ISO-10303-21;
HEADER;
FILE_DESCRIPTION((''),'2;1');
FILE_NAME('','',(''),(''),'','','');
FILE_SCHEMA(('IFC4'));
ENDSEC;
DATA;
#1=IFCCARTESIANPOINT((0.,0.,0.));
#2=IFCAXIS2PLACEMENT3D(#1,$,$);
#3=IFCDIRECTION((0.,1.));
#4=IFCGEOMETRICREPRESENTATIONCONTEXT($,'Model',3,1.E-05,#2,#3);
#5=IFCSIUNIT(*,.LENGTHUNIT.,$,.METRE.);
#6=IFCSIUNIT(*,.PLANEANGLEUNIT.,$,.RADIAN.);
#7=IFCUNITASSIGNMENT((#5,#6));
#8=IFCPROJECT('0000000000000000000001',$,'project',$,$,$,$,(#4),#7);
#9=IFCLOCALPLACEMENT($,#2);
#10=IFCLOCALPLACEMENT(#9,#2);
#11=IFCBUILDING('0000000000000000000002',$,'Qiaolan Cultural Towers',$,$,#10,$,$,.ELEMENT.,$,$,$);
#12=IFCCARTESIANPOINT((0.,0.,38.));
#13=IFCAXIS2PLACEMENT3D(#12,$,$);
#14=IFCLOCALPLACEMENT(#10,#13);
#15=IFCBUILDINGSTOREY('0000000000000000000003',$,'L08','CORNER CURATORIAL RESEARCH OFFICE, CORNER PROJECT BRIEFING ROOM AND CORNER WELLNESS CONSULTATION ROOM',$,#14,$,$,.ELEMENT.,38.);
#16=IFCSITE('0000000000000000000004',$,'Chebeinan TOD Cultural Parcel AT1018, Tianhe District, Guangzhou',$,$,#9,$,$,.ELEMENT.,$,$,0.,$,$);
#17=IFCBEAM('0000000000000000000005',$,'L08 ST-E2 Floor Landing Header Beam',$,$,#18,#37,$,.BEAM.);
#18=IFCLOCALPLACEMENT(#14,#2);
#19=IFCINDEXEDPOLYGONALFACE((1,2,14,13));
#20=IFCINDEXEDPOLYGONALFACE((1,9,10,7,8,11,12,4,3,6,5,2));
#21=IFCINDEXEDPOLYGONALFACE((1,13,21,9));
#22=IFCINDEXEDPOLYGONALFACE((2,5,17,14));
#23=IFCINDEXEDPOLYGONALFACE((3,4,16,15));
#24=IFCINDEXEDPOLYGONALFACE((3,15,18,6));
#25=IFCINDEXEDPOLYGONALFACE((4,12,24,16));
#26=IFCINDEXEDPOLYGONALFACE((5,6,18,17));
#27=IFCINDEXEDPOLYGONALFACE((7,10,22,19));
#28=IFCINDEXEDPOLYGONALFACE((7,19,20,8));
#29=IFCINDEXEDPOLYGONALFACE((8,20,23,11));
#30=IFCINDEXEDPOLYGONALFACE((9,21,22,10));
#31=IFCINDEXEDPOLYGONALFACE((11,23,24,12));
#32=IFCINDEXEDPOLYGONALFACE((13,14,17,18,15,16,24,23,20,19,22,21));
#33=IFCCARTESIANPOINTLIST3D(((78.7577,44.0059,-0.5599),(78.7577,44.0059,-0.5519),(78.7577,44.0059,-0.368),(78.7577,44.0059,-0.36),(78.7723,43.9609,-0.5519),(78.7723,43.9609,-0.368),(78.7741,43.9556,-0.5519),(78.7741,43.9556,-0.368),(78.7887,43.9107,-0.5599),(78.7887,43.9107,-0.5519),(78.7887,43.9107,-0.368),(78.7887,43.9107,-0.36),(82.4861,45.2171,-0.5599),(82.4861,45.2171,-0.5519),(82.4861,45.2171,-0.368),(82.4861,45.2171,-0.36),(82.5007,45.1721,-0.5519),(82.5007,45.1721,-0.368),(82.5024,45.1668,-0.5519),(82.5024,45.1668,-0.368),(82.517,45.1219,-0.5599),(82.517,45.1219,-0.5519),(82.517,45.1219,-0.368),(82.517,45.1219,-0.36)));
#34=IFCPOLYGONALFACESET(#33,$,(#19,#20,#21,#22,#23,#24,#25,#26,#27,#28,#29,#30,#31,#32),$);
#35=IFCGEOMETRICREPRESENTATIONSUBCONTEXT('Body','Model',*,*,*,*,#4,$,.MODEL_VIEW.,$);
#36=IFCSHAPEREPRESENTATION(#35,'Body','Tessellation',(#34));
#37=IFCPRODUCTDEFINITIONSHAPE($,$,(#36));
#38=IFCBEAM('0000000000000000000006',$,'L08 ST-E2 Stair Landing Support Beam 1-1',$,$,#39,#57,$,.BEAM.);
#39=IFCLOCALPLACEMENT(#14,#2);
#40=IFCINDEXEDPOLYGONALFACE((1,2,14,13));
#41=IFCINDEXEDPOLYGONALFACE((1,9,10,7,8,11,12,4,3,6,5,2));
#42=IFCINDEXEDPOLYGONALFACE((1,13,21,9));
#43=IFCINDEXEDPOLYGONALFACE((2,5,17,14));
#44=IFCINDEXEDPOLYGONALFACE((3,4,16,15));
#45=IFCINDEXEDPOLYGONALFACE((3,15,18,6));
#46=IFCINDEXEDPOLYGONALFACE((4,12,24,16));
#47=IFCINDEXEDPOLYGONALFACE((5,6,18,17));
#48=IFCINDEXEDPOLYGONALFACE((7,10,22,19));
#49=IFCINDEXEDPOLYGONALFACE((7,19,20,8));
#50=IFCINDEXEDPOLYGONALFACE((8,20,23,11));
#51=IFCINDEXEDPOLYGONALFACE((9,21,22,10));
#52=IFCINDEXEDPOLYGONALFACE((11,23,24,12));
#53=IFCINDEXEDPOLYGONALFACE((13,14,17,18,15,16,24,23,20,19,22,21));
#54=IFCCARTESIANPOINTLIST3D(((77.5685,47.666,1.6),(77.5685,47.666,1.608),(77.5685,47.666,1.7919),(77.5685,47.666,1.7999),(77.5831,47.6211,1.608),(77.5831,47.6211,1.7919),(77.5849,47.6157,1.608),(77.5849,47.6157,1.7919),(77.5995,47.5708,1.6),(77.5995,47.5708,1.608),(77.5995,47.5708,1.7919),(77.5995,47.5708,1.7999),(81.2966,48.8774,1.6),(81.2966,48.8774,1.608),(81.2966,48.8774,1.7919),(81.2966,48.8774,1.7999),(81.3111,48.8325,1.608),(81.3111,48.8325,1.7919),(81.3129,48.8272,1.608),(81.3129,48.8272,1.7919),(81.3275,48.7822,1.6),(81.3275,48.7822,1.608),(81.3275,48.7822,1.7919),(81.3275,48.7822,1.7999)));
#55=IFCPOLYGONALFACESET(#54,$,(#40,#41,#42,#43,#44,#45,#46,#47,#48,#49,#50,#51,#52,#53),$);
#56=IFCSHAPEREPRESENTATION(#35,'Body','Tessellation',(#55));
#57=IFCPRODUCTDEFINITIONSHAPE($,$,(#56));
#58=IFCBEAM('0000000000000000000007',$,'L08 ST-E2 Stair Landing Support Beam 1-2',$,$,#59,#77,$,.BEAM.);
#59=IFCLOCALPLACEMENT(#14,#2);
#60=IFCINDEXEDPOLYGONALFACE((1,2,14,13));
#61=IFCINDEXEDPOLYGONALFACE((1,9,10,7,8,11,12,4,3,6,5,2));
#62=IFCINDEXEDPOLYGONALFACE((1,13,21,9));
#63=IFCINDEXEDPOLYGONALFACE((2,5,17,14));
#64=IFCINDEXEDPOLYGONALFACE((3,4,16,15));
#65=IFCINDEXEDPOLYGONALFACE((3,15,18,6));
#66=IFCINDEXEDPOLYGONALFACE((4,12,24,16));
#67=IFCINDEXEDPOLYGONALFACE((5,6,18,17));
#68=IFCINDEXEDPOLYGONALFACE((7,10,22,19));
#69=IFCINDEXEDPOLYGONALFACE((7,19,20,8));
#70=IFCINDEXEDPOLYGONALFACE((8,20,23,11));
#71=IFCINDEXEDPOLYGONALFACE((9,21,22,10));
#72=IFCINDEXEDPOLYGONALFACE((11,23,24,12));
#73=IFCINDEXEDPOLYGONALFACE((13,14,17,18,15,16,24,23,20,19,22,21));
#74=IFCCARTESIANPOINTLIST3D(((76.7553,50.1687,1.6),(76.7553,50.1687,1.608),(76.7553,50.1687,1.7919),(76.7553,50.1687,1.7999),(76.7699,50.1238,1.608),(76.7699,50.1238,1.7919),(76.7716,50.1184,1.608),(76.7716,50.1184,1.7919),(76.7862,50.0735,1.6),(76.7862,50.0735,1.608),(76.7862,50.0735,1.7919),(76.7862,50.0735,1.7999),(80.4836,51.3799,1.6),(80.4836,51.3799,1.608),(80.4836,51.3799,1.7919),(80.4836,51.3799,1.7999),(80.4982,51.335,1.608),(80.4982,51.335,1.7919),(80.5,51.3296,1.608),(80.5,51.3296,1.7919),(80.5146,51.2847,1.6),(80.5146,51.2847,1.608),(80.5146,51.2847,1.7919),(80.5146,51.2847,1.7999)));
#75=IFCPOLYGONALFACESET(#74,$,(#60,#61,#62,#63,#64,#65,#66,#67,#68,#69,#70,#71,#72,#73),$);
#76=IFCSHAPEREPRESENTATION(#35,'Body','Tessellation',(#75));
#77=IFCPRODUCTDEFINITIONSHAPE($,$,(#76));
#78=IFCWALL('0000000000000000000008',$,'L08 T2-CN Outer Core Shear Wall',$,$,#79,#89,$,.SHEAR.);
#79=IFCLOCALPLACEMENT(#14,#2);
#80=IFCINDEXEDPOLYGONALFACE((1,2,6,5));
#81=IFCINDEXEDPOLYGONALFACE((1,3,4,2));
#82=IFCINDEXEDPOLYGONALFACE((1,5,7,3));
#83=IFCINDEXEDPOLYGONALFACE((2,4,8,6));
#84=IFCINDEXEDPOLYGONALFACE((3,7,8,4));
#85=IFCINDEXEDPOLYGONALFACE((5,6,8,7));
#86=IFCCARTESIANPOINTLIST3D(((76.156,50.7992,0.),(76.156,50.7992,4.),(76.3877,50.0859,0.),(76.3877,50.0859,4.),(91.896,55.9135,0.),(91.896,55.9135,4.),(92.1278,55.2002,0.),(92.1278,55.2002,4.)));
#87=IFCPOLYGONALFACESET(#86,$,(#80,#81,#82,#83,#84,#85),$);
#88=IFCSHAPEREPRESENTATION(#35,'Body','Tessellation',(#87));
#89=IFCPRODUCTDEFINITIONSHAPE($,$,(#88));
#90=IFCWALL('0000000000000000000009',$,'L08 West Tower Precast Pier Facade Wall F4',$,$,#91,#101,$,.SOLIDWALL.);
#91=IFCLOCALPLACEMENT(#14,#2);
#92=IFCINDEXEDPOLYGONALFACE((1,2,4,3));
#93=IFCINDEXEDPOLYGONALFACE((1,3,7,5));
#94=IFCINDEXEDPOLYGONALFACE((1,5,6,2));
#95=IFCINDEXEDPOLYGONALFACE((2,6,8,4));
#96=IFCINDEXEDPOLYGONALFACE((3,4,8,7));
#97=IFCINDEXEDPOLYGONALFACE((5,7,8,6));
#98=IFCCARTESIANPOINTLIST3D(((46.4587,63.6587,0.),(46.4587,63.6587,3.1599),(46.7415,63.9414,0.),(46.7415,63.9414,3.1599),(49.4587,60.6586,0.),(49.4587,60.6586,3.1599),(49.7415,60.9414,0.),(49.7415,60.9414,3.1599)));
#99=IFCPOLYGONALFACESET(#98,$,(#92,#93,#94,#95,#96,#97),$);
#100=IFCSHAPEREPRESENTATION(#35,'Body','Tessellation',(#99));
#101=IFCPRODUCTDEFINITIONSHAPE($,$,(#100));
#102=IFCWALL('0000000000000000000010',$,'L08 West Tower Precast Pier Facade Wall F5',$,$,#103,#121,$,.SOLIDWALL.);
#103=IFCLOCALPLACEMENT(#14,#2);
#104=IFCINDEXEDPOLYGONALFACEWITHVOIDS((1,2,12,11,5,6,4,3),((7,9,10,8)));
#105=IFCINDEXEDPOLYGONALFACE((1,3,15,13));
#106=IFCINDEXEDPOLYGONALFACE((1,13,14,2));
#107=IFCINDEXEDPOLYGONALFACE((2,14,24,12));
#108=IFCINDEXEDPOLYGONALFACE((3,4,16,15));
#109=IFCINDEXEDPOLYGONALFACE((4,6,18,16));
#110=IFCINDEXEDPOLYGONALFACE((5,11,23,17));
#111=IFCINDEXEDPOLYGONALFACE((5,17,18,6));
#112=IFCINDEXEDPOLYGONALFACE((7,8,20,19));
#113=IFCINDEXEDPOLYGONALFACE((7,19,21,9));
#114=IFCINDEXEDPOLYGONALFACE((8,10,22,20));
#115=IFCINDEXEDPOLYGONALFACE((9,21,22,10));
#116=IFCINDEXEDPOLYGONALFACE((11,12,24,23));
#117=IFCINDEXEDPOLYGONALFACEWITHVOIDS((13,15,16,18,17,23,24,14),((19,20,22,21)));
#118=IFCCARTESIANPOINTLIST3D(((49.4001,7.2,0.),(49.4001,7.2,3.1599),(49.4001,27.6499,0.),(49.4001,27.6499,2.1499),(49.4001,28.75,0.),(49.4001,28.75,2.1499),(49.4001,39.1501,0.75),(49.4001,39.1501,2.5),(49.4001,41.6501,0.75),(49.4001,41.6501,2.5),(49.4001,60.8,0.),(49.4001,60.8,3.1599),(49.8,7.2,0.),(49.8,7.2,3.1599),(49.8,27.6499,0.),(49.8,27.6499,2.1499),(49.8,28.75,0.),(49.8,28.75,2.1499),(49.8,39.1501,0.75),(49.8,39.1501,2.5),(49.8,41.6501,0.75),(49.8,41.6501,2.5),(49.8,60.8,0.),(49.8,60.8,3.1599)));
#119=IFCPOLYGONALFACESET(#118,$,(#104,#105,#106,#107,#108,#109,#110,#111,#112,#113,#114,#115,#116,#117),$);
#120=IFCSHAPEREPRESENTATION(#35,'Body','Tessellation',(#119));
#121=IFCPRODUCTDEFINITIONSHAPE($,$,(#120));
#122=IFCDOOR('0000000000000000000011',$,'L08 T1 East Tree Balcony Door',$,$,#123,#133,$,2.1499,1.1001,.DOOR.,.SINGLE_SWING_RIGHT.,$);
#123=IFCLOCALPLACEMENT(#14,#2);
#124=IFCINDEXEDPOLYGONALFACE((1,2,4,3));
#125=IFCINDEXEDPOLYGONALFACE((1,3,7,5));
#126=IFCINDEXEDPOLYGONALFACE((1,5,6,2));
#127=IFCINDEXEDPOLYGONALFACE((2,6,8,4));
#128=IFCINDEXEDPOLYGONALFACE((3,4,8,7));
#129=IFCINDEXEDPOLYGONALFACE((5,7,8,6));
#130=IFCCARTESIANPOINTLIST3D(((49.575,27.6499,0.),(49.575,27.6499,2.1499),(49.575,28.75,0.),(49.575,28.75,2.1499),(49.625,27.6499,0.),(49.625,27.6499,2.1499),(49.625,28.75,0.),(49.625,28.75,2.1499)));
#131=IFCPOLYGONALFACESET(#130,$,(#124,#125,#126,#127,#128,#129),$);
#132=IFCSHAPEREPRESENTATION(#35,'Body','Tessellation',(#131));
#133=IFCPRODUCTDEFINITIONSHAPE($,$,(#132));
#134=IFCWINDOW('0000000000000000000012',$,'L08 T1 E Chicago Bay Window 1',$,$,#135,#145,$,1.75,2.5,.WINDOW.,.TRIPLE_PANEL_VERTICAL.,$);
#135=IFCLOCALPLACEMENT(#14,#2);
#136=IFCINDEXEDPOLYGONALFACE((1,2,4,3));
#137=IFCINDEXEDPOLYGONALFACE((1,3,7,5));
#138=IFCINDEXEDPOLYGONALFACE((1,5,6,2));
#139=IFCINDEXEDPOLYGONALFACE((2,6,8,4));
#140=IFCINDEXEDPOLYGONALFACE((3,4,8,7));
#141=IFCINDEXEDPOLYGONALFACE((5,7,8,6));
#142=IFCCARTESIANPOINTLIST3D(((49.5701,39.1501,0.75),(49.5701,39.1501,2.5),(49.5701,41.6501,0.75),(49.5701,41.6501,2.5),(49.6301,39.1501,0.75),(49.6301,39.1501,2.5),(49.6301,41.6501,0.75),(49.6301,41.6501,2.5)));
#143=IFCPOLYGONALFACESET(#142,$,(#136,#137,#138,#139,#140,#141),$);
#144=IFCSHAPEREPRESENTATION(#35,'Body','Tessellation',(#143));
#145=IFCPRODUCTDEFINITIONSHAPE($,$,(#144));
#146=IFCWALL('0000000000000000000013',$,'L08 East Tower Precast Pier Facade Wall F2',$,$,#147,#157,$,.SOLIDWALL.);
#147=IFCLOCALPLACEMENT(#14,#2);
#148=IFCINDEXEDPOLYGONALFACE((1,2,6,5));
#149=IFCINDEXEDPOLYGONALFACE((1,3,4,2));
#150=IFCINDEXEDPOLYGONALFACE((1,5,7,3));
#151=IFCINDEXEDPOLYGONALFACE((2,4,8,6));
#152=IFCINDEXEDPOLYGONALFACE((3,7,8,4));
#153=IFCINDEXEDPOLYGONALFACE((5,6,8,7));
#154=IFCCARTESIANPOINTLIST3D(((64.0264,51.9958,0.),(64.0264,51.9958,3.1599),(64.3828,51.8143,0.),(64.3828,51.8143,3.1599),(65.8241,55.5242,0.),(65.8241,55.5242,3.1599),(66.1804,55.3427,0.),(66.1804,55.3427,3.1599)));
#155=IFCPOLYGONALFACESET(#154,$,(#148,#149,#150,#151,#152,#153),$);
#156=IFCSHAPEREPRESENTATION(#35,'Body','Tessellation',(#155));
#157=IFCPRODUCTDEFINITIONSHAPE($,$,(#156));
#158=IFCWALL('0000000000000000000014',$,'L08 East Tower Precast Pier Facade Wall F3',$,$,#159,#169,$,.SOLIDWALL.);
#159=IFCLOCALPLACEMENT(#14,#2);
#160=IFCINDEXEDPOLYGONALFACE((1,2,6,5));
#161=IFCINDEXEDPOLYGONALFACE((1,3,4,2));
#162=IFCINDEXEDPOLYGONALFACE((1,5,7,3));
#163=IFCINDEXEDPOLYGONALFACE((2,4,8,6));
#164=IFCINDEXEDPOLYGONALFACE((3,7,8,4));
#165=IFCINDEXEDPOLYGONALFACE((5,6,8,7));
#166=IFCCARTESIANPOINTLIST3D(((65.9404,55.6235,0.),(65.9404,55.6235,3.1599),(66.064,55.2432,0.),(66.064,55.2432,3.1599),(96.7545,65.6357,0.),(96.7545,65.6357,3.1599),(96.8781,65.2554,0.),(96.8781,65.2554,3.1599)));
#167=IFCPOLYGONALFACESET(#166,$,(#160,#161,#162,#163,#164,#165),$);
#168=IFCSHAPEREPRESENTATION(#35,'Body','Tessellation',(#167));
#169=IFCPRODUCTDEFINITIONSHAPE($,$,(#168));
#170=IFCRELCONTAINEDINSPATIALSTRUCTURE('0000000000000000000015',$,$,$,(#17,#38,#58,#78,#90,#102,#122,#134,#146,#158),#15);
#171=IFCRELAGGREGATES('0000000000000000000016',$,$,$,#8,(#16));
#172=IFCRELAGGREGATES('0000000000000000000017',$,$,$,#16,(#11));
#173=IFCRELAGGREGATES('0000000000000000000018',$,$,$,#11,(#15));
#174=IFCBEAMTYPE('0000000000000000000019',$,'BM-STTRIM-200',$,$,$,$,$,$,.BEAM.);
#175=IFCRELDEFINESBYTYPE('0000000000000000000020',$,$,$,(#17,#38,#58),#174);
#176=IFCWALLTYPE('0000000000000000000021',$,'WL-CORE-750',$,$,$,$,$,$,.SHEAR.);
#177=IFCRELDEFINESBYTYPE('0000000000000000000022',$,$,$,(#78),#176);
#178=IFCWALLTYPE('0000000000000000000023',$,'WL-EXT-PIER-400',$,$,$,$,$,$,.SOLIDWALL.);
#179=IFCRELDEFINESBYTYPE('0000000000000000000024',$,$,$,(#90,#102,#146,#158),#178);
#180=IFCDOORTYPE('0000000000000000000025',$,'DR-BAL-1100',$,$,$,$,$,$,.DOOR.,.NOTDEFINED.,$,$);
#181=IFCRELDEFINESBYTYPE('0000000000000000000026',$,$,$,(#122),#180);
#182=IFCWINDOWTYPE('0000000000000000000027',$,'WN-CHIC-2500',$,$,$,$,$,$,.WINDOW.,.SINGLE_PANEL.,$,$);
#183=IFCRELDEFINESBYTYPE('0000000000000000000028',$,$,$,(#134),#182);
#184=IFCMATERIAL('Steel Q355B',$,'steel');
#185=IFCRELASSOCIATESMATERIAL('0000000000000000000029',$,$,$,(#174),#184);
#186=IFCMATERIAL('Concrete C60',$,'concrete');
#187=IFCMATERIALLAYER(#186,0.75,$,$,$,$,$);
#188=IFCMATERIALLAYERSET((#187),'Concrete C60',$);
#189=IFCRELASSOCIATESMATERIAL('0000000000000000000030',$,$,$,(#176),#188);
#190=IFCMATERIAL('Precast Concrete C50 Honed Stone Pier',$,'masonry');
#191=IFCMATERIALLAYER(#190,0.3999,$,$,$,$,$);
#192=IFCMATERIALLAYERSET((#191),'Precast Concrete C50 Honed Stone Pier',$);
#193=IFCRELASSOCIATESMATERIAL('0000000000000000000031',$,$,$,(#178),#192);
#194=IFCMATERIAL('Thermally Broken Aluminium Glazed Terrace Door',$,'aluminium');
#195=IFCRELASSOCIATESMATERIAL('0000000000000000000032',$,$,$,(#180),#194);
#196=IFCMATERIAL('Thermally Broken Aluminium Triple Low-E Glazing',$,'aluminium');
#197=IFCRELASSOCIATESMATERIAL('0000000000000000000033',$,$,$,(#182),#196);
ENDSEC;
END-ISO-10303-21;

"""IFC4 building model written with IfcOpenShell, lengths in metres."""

from ifc_helpers import new_model, si_unit, direction, frame, frame_2d, origin, origin_2d, place, context, subcontext, project, spatial, rectangle, i_section, extrude, material, layer, layer_set, material_profile, profile_set, type_object, element, fill, save


model = new_model("IFC4")

# Units and contexts
model_context = context("Model", 3, precision=1e-05, world=origin(), true_north=direction((0.0, 1.0)))
body_context = subcontext(model_context, "Body", "Model", "MODEL_VIEW")
ifc_project = project(units=[si_unit("LENGTHUNIT", "METRE"), si_unit("PLANEANGLEUNIT", "RADIAN")], contexts=[model_context])

# Site, building, storey
site_placement = place(None, origin())
site = spatial("IfcSite", under=ifc_project, at=site_placement, Name="Chebeinan TOD Cultural Parcel AT1018, Tianhe District, Guangzhou", CompositionType="ELEMENT", RefElevation=0.0)
building_placement = place(site_placement, origin())
building = spatial("IfcBuilding", under=site, at=building_placement, Name="Qiaolan Cultural Towers", CompositionType="ELEMENT")
storey_placement = place(building_placement, frame((0.0, 0.0, 38.0)))
storey = spatial("IfcBuildingStorey", under=building, at=storey_placement, Name="L08", Description="CORNER CURATORIAL RESEARCH OFFICE, CORNER PROJECT BRIEFING ROOM AND CORNER WELLNESS CONSULTATION ROOM", CompositionType="ELEMENT", Elevation=38.0)

# Beams
ifc_material_1 = material(Name="Steel Q355B", Category="steel")
ifc_material_profile_1 = material_profile(ifc_material_1, i_section(OverallWidth=0.1001, OverallDepth=0.2, WebThickness=0.0056, FlangeThickness=0.0081, at=origin_2d()), Name="HN200x100x5.5x8")
ifc_profile_set_1 = profile_set([ifc_material_profile_1], Name="Steel Q355B")
beam_type_1 = type_object("IfcBeamType", Name="BM-STTRIM-200", PredefinedType="BEAM", material=ifc_profile_set_1)
beam_1_placement = place(storey_placement, frame((78.7732, 43.9583, -0.46), z_axis=(0.951072, 0.308969, 0.0), x_axis=(-0.308969, 0.951072, 0.0)))
element("IfcBeam", 1, at=beam_1_placement, inside=storey, type_object=beam_type_1, Name="L08 ST-E2 Floor Landing Header Beam", PredefinedType="BEAM", context=body_context, shape_type="SweptSolid", body=[
    extrude(i_section(OverallWidth=0.1001, OverallDepth=0.2, WebThickness=0.0056, FlangeThickness=0.0081, at=origin_2d()), origin(), (0.0, 0.0, 1.0), 3.9202),
])
beam_2_placement = place(storey_placement, frame((77.584, 47.6184, 1.7), z_axis=(0.951048, 0.309044, 0.0), x_axis=(-0.309044, 0.951048, 0.0)))
element("IfcBeam", 2, at=beam_2_placement, inside=storey, type_object=beam_type_1, Name="L08 ST-E2 Stair Landing Support Beam 1-1", PredefinedType="BEAM", context=body_context, shape_type="SweptSolid", body=[
    extrude(i_section(OverallWidth=0.1001, OverallDepth=0.2, WebThickness=0.0056, FlangeThickness=0.0081, at=origin_2d()), origin(), (0.0, 0.0, 1.0), 3.9199),
])
beam_3_placement = place(storey_placement, frame((76.7708, 50.1211, 1.7), z_axis=(0.951072, 0.308969, 0.0), x_axis=(-0.308969, 0.951072, 0.0)))
element("IfcBeam", 3, at=beam_3_placement, inside=storey, type_object=beam_type_1, Name="L08 ST-E2 Stair Landing Support Beam 1-2", PredefinedType="BEAM", context=body_context, shape_type="SweptSolid", body=[
    extrude(i_section(OverallWidth=0.1001, OverallDepth=0.2, WebThickness=0.0056, FlangeThickness=0.0081, at=origin_2d()), origin(), (0.0, 0.0, 1.0), 3.9202),
])

# Walls
ifc_material_2 = material(Name="Concrete C60", Category="concrete")
ifc_layer_1 = layer(ifc_material_2, 0.75)
ifc_layer_set_1 = layer_set([ifc_layer_1], Name="Concrete C60")
wall_type_1 = type_object("IfcWallType", Name="WL-CORE-750", PredefinedType="SHEAR", material=ifc_layer_set_1)
wall_1_placement = place(storey_placement, frame((76.272, 50.4426, 0.0), z_axis=(0.0, 0.0, 1.0), x_axis=(0.951056, 0.309018, 0.0)))
element("IfcWall", 4, at=wall_1_placement, inside=storey, type_object=wall_type_1, Name="L08 T2-CN Outer Core Shear Wall", PredefinedType="SHEAR", context=body_context, shape_type="SweptSolid", body=[
    extrude(rectangle(XDim=16.55, YDim=0.75, at=frame_2d((8.2749, 0.0))), origin(), (0.0, 0.0, 1.0), 4.0),
])
ifc_material_3 = material(Name="Precast Concrete C50 Honed Stone Pier", Category="masonry")
ifc_layer_2 = layer(ifc_material_3, 0.3999)
ifc_layer_set_2 = layer_set([ifc_layer_2], Name="Precast Concrete C50 Honed Stone Pier")
wall_type_2 = type_object("IfcWallType", Name="WL-EXT-PIER-400", PredefinedType="SOLIDWALL", material=ifc_layer_set_2)
wall_2_placement = place(storey_placement, frame((46.6001, 63.8, 0.0), z_axis=(0.0, 0.0, 1.0), x_axis=(0.707107, -0.707107, 0.0)))
element("IfcWall", 5, at=wall_2_placement, inside=storey, type_object=wall_type_2, Name="L08 West Tower Precast Pier Facade Wall F4", PredefinedType="SOLIDWALL", context=body_context, shape_type="SweptSolid", body=[
    extrude(rectangle(XDim=4.2427, YDim=0.3999, at=frame_2d((2.1213, 0.0))), origin(), (0.0, 0.0, 1.0), 3.1599),
])

# Wall, openings, door, window
wall_3_placement = place(storey_placement, frame((49.6001, 60.8, 0.0), z_axis=(0.0, 0.0, 1.0), x_axis=(0.0, -1.0, 0.0)))
wall_3 = element("IfcWall", 6, at=wall_3_placement, inside=storey, type_object=wall_type_2, Name="L08 West Tower Precast Pier Facade Wall F5", PredefinedType="SOLIDWALL", context=body_context, shape_type="SweptSolid", body=[
    extrude(rectangle(XDim=53.6001, YDim=0.3999, at=frame_2d((26.8, 0.0))), origin(), (0.0, 0.0, 1.0), 3.1599),
])
opening_1_placement = place(wall_3_placement, frame((19.1499, 0.0, 0.75)))
opening_1 = element("IfcOpeningElement", 7, at=opening_1_placement, cuts=wall_3, PredefinedType="OPENING", context=body_context, shape_type="SweptSolid", body=[
    extrude(rectangle(XDim=2.5, YDim=1.75, at=frame_2d((1.25, 0.875))), frame((0.0, 0.21, 0.0), z_axis=(0.0, -1.0, 0.0), x_axis=(1.0, 0.0, 0.0)), (0.0, 0.0, 1.0), 0.4199),
])
opening_2_placement = place(wall_3_placement, frame((32.05, 0.0, 0.0)))
opening_2 = element("IfcOpeningElement", 8, at=opening_2_placement, cuts=wall_3, PredefinedType="OPENING", context=body_context, shape_type="SweptSolid", body=[
    extrude(rectangle(XDim=1.1001, YDim=2.1499, at=frame_2d((0.55, 1.075))), frame((0.0, 0.21, 0.0), z_axis=(0.0, -1.0, 0.0), x_axis=(1.0, 0.0, 0.0)), (0.0, 0.0, 1.0), 0.4199),
])
ifc_material_4 = material(Name="Thermally Broken Aluminium Glazed Terrace Door", Category="aluminium")
door_type_1 = type_object("IfcDoorType", Name="DR-BAL-1100", OperationType="NOTDEFINED", PredefinedType="DOOR", material=ifc_material_4)
door_1_placement = place(opening_2_placement, origin())
door_1 = element("IfcDoor", 9, at=door_1_placement, inside=storey, type_object=door_type_1, Name="L08 T1 East Tree Balcony Door", OperationType="SINGLE_SWING_RIGHT", OverallHeight=2.1499, OverallWidth=1.1001, PredefinedType="DOOR", context=body_context, shape_type="SweptSolid", body=[
    extrude(rectangle(XDim=1.1001, YDim=2.1499, at=frame_2d((0.55, 1.075))), frame((0.0, 0.0249, 0.0), z_axis=(0.0, -1.0, 0.0), x_axis=(1.0, 0.0, 0.0)), (0.0, 0.0, 1.0), 0.05),
])
fill(opening_2, door_1)
ifc_material_5 = material(Name="Thermally Broken Aluminium Triple Low-E Glazing", Category="aluminium")
window_type = type_object("IfcWindowType", Name="WN-CHIC-2500", PartitioningType="SINGLE_PANEL", PredefinedType="WINDOW", material=ifc_material_5)
window_placement = place(opening_1_placement, origin())
window = element("IfcWindow", 10, at=window_placement, inside=storey, type_object=window_type, Name="L08 T1 E Chicago Bay Window 1", OverallHeight=1.75, OverallWidth=2.5, PartitioningType="TRIPLE_PANEL_VERTICAL", PredefinedType="WINDOW", context=body_context, shape_type="SweptSolid", body=[
    extrude(rectangle(XDim=2.5, YDim=1.75, at=frame_2d((1.25, 0.875))), frame((0.0, 0.03, 0.0), z_axis=(0.0, -1.0, 0.0), x_axis=(1.0, 0.0, 0.0)), (0.0, 0.0, 1.0), 0.0601),
])
fill(opening_1, window)

# Walls
wall_4_placement = place(storey_placement, frame((64.2046, 51.905, 0.0), z_axis=(0.0, 0.0, 1.0), x_axis=(0.453958, 0.891023, 0.0)))
element("IfcWall", 11, at=wall_4_placement, inside=storey, type_object=wall_type_2, Name="L08 East Tower Precast Pier Facade Wall F2", PredefinedType="SOLIDWALL", context=body_context, shape_type="SweptSolid", body=[
    extrude(rectangle(XDim=3.96, YDim=0.3999, at=frame_2d((1.98, 0.0))), origin(), (0.0, 0.0, 1.0), 3.1599),
])
wall_5_placement = place(storey_placement, frame((66.0022, 55.4333, 0.0), z_axis=(0.0, 0.0, 1.0), x_axis=(0.951056, 0.309019, 0.0)))
element("IfcWall", 12, at=wall_5_placement, inside=storey, type_object=wall_type_2, Name="L08 East Tower Precast Pier Facade Wall F3", PredefinedType="SOLIDWALL", context=body_context, shape_type="SweptSolid", body=[
    extrude(rectangle(XDim=32.3999, YDim=0.3999, at=frame_2d((16.2, 0.0))), origin(), (0.0, 0.0, 1.0), 3.1599),
])

save(model, "model.ifc")
